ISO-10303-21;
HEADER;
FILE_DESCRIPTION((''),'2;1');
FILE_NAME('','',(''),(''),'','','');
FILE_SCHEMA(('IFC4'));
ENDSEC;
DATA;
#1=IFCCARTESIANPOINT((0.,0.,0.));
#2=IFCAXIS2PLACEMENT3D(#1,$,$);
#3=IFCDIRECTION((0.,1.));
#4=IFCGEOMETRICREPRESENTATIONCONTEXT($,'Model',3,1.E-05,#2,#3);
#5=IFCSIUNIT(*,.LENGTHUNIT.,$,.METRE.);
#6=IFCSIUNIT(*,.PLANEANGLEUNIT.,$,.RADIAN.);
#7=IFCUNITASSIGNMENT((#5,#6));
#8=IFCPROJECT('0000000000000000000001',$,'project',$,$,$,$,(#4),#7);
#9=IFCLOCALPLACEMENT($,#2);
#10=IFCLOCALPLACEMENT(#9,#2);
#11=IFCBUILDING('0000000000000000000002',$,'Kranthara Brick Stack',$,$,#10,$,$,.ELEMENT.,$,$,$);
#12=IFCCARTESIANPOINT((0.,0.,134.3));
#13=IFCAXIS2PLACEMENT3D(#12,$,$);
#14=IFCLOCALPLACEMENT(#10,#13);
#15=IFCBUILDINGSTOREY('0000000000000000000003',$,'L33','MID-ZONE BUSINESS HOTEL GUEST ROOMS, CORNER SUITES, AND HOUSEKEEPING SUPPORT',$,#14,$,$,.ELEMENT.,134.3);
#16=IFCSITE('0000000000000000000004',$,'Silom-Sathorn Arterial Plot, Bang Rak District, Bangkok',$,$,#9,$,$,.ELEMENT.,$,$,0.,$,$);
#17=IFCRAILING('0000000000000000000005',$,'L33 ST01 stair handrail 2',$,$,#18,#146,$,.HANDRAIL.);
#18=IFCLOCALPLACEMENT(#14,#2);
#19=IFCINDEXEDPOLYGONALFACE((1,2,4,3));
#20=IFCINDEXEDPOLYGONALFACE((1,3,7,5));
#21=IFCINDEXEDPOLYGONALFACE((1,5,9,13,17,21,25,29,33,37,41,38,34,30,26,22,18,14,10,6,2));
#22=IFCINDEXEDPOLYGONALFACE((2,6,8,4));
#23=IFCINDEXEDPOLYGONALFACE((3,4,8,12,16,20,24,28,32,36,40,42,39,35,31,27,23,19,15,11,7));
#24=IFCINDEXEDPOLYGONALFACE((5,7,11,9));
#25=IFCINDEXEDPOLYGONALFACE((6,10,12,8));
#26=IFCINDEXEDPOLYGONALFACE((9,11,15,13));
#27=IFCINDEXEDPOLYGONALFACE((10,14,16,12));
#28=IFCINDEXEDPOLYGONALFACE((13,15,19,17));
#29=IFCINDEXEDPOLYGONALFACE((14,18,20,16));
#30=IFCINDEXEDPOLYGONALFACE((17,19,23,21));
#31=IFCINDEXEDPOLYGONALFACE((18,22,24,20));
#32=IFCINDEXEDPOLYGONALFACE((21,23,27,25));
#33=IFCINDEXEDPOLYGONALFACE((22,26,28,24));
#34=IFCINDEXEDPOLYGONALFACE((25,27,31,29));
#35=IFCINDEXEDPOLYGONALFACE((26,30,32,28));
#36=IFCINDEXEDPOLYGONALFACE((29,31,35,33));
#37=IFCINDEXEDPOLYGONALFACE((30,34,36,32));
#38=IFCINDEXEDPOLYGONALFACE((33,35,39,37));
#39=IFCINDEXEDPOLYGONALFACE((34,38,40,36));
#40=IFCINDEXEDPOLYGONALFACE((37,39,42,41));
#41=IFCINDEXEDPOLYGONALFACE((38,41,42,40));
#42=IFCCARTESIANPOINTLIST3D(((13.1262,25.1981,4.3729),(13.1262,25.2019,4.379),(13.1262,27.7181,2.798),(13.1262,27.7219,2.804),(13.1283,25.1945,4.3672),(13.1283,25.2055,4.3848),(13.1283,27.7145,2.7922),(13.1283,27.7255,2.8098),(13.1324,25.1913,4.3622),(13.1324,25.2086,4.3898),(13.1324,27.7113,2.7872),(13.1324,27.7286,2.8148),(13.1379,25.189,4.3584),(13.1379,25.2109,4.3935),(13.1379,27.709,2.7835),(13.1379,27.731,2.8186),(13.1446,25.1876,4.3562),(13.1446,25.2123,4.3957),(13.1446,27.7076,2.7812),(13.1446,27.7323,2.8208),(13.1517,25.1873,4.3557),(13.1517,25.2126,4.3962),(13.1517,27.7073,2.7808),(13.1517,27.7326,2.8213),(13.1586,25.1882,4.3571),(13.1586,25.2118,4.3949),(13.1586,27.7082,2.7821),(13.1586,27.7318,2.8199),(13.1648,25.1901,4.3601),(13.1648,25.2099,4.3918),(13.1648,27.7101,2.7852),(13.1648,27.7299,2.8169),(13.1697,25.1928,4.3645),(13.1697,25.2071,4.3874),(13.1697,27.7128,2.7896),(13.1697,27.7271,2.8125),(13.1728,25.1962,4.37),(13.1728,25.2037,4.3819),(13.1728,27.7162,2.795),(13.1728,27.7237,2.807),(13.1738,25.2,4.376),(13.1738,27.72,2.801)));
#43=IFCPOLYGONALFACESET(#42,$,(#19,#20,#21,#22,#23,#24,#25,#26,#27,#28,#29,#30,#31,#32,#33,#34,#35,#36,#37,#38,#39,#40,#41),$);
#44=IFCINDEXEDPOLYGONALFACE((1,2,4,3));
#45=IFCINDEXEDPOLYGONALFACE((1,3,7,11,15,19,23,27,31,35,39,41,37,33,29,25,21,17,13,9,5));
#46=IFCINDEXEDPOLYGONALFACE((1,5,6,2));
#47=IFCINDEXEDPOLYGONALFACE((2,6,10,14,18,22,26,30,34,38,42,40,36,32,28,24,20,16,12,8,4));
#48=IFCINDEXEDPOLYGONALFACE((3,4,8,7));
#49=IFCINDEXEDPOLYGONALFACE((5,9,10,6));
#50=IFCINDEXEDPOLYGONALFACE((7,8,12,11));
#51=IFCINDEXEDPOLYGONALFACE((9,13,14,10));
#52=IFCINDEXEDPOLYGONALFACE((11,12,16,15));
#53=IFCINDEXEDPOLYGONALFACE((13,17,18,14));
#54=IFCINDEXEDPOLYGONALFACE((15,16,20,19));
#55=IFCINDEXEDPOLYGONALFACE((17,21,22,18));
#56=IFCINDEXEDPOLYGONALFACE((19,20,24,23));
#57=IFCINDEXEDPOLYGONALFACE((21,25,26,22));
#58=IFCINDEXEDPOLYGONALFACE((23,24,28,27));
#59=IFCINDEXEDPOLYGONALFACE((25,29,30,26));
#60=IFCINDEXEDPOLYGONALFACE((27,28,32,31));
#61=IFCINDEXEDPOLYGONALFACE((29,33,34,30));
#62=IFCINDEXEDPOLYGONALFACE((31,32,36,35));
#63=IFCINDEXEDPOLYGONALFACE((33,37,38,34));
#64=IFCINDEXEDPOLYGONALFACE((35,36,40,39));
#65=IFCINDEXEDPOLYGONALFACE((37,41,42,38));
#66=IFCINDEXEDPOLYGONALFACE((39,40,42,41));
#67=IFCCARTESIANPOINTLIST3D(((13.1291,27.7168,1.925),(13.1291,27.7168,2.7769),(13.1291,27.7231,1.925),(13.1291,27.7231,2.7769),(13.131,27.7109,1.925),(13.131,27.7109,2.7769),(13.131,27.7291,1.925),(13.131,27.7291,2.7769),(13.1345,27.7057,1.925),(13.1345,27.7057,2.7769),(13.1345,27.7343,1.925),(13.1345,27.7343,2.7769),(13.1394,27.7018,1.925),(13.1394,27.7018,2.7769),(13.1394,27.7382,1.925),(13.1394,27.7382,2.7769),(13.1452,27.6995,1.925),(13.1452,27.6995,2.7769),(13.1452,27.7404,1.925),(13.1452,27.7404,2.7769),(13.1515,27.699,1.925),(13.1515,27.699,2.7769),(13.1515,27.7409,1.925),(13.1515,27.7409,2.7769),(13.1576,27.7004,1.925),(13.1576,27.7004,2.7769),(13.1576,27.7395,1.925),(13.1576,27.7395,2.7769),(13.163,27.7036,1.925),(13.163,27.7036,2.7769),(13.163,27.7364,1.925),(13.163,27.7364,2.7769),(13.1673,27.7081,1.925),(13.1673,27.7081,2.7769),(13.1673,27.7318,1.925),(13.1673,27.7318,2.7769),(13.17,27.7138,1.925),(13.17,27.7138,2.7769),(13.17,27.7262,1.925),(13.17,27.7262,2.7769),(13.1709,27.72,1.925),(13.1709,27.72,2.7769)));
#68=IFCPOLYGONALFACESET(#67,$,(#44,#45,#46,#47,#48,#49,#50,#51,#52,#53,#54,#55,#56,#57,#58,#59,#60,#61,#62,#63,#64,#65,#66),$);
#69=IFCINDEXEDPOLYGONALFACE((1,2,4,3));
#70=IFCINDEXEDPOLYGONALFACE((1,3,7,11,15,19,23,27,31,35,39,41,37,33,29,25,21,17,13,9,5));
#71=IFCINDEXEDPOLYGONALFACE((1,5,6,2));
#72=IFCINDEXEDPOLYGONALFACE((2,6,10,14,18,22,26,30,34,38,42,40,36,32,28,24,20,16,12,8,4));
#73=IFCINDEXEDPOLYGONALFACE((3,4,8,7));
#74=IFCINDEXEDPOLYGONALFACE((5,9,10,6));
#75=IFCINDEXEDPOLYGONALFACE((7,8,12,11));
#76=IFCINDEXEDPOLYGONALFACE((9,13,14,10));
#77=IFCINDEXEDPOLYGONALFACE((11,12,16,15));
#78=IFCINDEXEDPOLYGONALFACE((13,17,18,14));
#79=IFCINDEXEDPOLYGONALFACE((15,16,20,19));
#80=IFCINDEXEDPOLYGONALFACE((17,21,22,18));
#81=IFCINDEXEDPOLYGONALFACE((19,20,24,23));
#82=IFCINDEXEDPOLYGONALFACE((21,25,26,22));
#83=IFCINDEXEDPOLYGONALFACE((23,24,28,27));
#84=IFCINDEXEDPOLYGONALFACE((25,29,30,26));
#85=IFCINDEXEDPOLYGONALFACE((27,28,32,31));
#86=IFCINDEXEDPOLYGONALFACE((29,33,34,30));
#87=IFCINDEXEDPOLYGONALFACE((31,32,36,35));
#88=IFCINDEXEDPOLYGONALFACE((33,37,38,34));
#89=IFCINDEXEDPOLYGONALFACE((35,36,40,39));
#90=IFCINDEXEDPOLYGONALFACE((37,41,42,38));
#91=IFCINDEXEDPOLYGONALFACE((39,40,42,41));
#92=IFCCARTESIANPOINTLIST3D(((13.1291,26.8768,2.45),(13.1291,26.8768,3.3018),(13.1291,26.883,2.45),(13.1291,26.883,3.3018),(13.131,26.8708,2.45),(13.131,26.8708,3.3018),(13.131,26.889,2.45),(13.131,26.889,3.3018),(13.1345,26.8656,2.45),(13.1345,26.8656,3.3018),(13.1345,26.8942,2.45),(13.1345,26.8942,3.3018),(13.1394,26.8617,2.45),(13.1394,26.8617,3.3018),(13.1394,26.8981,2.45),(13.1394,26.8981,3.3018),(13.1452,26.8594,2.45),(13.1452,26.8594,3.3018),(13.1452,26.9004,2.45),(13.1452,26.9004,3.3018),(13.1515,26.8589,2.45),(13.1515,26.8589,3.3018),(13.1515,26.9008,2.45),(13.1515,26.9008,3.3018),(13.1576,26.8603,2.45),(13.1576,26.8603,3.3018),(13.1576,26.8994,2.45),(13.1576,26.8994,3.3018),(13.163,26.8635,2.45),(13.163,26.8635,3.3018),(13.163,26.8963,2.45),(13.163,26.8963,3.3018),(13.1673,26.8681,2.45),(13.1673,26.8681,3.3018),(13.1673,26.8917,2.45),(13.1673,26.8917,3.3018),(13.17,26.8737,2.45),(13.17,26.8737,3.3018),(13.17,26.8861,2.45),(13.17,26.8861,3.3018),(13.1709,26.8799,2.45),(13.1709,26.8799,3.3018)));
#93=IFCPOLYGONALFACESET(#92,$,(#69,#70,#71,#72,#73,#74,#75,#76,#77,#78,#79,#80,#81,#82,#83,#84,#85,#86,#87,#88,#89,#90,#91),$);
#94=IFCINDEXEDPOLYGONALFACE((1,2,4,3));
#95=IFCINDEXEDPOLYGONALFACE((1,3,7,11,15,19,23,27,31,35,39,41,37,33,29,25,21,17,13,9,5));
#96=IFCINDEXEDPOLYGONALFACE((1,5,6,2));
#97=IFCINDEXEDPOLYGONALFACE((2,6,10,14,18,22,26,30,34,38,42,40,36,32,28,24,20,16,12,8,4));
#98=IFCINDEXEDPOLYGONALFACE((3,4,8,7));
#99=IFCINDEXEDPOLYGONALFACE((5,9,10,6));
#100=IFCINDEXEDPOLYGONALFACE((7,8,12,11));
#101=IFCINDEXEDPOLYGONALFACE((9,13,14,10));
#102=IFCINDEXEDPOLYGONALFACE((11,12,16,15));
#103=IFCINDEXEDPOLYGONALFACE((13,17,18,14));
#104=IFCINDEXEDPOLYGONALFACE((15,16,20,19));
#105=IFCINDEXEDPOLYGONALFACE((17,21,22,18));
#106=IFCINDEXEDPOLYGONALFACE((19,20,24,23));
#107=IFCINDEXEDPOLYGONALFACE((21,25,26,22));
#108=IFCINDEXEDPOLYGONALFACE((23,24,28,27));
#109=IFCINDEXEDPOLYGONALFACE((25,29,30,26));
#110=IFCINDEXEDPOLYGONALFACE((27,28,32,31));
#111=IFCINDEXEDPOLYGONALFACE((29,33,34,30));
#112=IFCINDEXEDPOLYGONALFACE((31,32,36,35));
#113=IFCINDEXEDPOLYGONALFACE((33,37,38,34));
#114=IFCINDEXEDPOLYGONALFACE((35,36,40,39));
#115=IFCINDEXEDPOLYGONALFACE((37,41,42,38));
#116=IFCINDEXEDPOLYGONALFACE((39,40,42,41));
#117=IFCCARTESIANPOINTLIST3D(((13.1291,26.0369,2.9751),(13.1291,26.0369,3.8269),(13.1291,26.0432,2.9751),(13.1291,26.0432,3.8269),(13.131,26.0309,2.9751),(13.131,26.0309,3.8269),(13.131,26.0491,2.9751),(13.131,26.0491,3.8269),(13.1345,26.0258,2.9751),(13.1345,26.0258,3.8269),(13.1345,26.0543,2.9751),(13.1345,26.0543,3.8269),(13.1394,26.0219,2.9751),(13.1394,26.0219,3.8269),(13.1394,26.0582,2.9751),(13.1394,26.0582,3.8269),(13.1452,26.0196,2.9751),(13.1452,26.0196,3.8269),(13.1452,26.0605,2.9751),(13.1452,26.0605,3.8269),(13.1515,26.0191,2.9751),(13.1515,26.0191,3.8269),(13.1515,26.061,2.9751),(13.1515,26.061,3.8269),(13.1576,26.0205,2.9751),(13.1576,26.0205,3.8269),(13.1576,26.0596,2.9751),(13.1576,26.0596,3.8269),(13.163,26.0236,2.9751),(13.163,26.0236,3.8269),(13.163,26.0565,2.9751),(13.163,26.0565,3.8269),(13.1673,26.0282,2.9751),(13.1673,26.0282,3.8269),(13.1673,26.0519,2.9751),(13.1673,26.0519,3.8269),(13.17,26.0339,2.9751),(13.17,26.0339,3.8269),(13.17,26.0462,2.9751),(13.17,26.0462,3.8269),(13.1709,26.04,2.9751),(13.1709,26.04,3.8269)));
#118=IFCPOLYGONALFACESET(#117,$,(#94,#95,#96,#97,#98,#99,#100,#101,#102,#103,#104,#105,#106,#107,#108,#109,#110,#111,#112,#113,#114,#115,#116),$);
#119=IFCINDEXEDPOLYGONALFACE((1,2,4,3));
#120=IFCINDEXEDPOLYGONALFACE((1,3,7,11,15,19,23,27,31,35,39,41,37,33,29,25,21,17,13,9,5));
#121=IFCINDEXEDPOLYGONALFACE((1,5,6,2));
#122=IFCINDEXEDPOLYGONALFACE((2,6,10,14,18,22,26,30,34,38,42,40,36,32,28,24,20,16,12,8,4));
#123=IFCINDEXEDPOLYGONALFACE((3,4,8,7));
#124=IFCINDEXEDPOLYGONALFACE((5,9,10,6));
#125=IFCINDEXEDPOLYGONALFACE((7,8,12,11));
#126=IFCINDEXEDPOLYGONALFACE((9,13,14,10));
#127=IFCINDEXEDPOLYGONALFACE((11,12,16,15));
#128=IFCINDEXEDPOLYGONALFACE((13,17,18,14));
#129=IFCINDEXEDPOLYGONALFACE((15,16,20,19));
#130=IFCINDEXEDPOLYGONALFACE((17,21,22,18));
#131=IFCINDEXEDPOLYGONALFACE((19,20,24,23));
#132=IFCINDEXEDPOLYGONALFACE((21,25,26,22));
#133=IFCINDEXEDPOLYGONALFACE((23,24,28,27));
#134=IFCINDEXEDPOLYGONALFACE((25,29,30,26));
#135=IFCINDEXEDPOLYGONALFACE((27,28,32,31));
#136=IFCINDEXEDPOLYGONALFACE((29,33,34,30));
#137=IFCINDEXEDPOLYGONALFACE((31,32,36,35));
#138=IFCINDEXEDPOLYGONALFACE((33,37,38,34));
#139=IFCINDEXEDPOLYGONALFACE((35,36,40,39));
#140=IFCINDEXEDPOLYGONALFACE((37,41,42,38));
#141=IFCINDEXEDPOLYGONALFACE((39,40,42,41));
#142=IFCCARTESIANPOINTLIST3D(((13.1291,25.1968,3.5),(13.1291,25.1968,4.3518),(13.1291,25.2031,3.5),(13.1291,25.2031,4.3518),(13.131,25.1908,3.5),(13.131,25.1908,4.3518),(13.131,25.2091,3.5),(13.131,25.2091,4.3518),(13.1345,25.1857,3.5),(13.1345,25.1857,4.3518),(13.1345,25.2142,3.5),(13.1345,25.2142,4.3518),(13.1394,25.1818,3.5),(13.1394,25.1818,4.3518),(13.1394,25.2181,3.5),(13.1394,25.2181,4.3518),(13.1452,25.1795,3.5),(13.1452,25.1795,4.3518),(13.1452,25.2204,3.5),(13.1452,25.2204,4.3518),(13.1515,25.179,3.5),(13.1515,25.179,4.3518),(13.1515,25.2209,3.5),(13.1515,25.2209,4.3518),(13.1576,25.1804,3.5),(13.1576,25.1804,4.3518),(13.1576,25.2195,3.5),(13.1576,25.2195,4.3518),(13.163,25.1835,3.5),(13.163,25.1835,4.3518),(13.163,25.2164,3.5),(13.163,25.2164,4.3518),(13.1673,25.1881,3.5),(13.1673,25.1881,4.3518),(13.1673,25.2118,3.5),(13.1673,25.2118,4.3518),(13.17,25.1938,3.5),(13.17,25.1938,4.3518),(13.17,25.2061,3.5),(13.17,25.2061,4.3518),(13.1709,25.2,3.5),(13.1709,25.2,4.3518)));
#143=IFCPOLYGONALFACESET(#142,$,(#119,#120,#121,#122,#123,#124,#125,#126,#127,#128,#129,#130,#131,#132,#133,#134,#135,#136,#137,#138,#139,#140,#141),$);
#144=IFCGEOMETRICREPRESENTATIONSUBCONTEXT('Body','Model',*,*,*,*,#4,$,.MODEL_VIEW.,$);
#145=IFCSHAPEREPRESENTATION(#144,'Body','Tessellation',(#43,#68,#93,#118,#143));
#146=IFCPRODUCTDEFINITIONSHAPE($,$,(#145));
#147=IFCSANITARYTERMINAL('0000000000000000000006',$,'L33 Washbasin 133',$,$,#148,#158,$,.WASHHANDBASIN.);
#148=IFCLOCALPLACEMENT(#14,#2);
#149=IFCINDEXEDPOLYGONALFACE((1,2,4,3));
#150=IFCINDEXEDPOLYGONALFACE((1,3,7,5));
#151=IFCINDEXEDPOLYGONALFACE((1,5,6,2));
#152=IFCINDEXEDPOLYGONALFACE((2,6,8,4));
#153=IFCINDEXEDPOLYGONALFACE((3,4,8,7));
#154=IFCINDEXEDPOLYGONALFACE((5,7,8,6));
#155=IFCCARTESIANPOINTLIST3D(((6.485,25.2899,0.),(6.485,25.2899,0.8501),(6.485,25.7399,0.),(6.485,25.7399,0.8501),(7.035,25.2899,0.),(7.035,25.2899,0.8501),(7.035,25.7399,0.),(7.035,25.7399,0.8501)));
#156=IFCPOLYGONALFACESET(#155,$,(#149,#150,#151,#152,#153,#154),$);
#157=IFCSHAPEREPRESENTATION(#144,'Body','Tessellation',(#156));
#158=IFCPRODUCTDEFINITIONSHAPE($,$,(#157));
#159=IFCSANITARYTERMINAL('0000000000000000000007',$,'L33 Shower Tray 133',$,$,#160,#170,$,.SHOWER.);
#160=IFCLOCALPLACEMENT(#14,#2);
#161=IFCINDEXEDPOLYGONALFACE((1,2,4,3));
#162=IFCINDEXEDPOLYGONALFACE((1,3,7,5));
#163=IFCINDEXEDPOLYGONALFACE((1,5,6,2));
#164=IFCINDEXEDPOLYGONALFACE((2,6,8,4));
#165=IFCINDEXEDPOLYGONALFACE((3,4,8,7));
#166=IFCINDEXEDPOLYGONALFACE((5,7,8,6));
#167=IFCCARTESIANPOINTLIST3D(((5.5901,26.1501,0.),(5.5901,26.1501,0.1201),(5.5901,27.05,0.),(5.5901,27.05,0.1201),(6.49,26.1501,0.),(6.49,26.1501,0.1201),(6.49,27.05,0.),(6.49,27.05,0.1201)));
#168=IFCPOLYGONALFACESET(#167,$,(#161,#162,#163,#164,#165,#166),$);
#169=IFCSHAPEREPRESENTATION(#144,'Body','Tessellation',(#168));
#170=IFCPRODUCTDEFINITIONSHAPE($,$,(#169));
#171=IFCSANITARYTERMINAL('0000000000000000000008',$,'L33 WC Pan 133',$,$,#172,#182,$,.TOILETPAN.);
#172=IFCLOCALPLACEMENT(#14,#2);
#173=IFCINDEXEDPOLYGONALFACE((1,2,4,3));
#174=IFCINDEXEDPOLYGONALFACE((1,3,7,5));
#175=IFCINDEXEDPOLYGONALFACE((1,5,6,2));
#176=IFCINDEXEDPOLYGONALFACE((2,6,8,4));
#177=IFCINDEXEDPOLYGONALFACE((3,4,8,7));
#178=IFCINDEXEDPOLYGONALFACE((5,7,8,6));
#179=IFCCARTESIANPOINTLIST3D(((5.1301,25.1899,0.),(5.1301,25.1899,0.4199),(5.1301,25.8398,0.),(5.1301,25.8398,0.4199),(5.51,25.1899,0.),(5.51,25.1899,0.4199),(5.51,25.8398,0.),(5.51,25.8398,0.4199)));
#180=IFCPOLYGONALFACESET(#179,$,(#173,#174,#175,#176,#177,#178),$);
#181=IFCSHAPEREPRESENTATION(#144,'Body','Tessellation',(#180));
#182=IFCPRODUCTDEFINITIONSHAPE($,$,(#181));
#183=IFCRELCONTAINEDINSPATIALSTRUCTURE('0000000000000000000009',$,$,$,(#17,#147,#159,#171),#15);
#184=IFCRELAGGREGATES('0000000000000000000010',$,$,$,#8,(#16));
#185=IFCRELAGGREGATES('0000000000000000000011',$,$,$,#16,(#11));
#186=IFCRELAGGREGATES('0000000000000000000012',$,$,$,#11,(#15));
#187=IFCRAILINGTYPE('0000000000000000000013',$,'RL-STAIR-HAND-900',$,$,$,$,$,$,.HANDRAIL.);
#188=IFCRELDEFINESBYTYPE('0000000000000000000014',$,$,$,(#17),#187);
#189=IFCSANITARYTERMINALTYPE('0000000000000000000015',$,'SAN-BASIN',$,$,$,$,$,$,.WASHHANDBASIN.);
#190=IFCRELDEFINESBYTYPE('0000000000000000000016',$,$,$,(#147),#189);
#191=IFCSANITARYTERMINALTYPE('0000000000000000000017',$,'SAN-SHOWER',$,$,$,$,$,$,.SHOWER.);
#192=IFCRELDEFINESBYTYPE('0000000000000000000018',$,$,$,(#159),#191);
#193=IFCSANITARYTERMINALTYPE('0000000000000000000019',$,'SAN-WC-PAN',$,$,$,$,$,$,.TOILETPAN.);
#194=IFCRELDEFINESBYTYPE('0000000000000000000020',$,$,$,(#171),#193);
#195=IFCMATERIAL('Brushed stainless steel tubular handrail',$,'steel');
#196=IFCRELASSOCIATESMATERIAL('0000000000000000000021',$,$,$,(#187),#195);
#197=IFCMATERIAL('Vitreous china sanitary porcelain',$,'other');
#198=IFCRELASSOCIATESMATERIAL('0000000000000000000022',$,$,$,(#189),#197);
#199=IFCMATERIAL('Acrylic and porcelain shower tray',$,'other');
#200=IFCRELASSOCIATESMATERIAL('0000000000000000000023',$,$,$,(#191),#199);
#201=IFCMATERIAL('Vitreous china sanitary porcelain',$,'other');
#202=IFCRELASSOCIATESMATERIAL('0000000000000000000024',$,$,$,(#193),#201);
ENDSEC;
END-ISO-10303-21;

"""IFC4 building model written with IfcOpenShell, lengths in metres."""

from ifc_helpers import new_model, si_unit, direction, frame, origin, origin_2d, place, context, subcontext, project, spatial, rectangle, circle, extrude, material, type_object, element, save


model = new_model("IFC4")

# Units and contexts
model_context = context("Model", 3, precision=1e-05, world=origin(), true_north=direction((0.0, 1.0)))
body_context = subcontext(model_context, "Body", "Model", "MODEL_VIEW")
ifc_project = project(units=[si_unit("LENGTHUNIT", "METRE"), si_unit("PLANEANGLEUNIT", "RADIAN")], contexts=[model_context])

# Site, building, storey
site_placement = place(None, origin())
site = spatial("IfcSite", under=ifc_project, at=site_placement, Name="Silom-Sathorn Arterial Plot, Bang Rak District, Bangkok", CompositionType="ELEMENT", RefElevation=0.0)
building_placement = place(site_placement, origin())
building = spatial("IfcBuilding", under=site, at=building_placement, Name="Kranthara Brick Stack", CompositionType="ELEMENT")
storey_placement = place(building_placement, frame((0.0, 0.0, 134.3)))
storey = spatial("IfcBuildingStorey", under=building, at=storey_placement, Name="L33", Description="MID-ZONE BUSINESS HOTEL GUEST ROOMS, CORNER SUITES, AND HOUSEKEEPING SUPPORT", CompositionType="ELEMENT", Elevation=134.3)

# Railing
ifc_material_1 = material(Name="Brushed stainless steel tubular handrail", Category="steel")
railing_type_1 = type_object("IfcRailingType", Name="RL-STAIR-HAND-900", PredefinedType="HANDRAIL", material=ifc_material_1)
railing_1_placement = place(storey_placement, frame((13.1499, 27.72, 1.925)))
element("IfcRailing", 1, at=railing_1_placement, inside=storey, type_object=railing_type_1, Name="L33 ST01 stair handrail 2", PredefinedType="HANDRAIL", context=body_context, shape_type="SweptSolid", body=[
    extrude(circle(Radius=0.0239, at=origin_2d()), frame((0.0, 0.0, 0.876), z_axis=(0.0, -0.848008, 0.529984), x_axis=(1.0, 0.0, 0.0)), (0.0, 0.0, 1.0), 2.9717),
    extrude(circle(Radius=0.021, at=origin_2d()), origin(), (0.0, 0.0, 1.0), 0.8518),
    extrude(circle(Radius=0.021, at=origin_2d()), frame((0.0, -0.8401, 0.5249)), (0.0, 0.0, 1.0), 0.8518),
    extrude(circle(Radius=0.021, at=origin_2d()), frame((0.0, -1.6799, 1.05)), (0.0, 0.0, 1.0), 0.8518),
    extrude(circle(Radius=0.021, at=origin_2d()), frame((0.0, -2.52, 1.575)), (0.0, 0.0, 1.0), 0.8518),
])

# Sanitary terminals
ifc_material_2 = material(Name="Vitreous china sanitary porcelain", Category="other")
sanitary_terminal_type_1 = type_object("IfcSanitaryTerminalType", Name="SAN-BASIN", PredefinedType="WASHHANDBASIN", material=ifc_material_2)
sanitary_terminal_1_placement = place(storey_placement, frame((6.76, 25.5149, 0.0), z_axis=(0.0, 0.0, 1.0), x_axis=(1.0, 0.0, 0.0)))
element("IfcSanitaryTerminal", 2, at=sanitary_terminal_1_placement, inside=storey, type_object=sanitary_terminal_type_1, Name="L33 Washbasin 133", PredefinedType="WASHHANDBASIN", context=body_context, shape_type="SweptSolid", body=[
    extrude(rectangle(XDim=0.55, YDim=0.45, at=origin_2d()), origin(), (0.0, 0.0, 1.0), 0.8501),
])
ifc_material_3 = material(Name="Acrylic and porcelain shower tray", Category="other")
sanitary_terminal_type_2 = type_object("IfcSanitaryTerminalType", Name="SAN-SHOWER", PredefinedType="SHOWER", material=ifc_material_3)
sanitary_terminal_2_placement = place(storey_placement, frame((6.04, 26.6001, 0.0), z_axis=(0.0, 0.0, 1.0), x_axis=(1.0, 0.0, 0.0)))
element("IfcSanitaryTerminal", 3, at=sanitary_terminal_2_placement, inside=storey, type_object=sanitary_terminal_type_2, Name="L33 Shower Tray 133", PredefinedType="SHOWER", context=body_context, shape_type="SweptSolid", body=[
    extrude(rectangle(XDim=0.8999, YDim=0.8999, at=origin_2d()), origin(), (0.0, 0.0, 1.0), 0.1201),
])
ifc_material_4 = material(Name="Vitreous china sanitary porcelain", Category="other")
sanitary_terminal_type_3 = type_object("IfcSanitaryTerminalType", Name="SAN-WC-PAN", PredefinedType="TOILETPAN", material=ifc_material_4)
sanitary_terminal_3_placement = place(storey_placement, frame((5.3201, 25.5149, 0.0), z_axis=(0.0, 0.0, 1.0), x_axis=(1.0, 0.0, 0.0)))
element("IfcSanitaryTerminal", 4, at=sanitary_terminal_3_placement, inside=storey, type_object=sanitary_terminal_type_3, Name="L33 WC Pan 133", PredefinedType="TOILETPAN", context=body_context, shape_type="SweptSolid", body=[
    extrude(rectangle(XDim=0.3799, YDim=0.6499, at=origin_2d()), origin(), (0.0, 0.0, 1.0), 0.4199),
])

save(model, "model.ifc")
